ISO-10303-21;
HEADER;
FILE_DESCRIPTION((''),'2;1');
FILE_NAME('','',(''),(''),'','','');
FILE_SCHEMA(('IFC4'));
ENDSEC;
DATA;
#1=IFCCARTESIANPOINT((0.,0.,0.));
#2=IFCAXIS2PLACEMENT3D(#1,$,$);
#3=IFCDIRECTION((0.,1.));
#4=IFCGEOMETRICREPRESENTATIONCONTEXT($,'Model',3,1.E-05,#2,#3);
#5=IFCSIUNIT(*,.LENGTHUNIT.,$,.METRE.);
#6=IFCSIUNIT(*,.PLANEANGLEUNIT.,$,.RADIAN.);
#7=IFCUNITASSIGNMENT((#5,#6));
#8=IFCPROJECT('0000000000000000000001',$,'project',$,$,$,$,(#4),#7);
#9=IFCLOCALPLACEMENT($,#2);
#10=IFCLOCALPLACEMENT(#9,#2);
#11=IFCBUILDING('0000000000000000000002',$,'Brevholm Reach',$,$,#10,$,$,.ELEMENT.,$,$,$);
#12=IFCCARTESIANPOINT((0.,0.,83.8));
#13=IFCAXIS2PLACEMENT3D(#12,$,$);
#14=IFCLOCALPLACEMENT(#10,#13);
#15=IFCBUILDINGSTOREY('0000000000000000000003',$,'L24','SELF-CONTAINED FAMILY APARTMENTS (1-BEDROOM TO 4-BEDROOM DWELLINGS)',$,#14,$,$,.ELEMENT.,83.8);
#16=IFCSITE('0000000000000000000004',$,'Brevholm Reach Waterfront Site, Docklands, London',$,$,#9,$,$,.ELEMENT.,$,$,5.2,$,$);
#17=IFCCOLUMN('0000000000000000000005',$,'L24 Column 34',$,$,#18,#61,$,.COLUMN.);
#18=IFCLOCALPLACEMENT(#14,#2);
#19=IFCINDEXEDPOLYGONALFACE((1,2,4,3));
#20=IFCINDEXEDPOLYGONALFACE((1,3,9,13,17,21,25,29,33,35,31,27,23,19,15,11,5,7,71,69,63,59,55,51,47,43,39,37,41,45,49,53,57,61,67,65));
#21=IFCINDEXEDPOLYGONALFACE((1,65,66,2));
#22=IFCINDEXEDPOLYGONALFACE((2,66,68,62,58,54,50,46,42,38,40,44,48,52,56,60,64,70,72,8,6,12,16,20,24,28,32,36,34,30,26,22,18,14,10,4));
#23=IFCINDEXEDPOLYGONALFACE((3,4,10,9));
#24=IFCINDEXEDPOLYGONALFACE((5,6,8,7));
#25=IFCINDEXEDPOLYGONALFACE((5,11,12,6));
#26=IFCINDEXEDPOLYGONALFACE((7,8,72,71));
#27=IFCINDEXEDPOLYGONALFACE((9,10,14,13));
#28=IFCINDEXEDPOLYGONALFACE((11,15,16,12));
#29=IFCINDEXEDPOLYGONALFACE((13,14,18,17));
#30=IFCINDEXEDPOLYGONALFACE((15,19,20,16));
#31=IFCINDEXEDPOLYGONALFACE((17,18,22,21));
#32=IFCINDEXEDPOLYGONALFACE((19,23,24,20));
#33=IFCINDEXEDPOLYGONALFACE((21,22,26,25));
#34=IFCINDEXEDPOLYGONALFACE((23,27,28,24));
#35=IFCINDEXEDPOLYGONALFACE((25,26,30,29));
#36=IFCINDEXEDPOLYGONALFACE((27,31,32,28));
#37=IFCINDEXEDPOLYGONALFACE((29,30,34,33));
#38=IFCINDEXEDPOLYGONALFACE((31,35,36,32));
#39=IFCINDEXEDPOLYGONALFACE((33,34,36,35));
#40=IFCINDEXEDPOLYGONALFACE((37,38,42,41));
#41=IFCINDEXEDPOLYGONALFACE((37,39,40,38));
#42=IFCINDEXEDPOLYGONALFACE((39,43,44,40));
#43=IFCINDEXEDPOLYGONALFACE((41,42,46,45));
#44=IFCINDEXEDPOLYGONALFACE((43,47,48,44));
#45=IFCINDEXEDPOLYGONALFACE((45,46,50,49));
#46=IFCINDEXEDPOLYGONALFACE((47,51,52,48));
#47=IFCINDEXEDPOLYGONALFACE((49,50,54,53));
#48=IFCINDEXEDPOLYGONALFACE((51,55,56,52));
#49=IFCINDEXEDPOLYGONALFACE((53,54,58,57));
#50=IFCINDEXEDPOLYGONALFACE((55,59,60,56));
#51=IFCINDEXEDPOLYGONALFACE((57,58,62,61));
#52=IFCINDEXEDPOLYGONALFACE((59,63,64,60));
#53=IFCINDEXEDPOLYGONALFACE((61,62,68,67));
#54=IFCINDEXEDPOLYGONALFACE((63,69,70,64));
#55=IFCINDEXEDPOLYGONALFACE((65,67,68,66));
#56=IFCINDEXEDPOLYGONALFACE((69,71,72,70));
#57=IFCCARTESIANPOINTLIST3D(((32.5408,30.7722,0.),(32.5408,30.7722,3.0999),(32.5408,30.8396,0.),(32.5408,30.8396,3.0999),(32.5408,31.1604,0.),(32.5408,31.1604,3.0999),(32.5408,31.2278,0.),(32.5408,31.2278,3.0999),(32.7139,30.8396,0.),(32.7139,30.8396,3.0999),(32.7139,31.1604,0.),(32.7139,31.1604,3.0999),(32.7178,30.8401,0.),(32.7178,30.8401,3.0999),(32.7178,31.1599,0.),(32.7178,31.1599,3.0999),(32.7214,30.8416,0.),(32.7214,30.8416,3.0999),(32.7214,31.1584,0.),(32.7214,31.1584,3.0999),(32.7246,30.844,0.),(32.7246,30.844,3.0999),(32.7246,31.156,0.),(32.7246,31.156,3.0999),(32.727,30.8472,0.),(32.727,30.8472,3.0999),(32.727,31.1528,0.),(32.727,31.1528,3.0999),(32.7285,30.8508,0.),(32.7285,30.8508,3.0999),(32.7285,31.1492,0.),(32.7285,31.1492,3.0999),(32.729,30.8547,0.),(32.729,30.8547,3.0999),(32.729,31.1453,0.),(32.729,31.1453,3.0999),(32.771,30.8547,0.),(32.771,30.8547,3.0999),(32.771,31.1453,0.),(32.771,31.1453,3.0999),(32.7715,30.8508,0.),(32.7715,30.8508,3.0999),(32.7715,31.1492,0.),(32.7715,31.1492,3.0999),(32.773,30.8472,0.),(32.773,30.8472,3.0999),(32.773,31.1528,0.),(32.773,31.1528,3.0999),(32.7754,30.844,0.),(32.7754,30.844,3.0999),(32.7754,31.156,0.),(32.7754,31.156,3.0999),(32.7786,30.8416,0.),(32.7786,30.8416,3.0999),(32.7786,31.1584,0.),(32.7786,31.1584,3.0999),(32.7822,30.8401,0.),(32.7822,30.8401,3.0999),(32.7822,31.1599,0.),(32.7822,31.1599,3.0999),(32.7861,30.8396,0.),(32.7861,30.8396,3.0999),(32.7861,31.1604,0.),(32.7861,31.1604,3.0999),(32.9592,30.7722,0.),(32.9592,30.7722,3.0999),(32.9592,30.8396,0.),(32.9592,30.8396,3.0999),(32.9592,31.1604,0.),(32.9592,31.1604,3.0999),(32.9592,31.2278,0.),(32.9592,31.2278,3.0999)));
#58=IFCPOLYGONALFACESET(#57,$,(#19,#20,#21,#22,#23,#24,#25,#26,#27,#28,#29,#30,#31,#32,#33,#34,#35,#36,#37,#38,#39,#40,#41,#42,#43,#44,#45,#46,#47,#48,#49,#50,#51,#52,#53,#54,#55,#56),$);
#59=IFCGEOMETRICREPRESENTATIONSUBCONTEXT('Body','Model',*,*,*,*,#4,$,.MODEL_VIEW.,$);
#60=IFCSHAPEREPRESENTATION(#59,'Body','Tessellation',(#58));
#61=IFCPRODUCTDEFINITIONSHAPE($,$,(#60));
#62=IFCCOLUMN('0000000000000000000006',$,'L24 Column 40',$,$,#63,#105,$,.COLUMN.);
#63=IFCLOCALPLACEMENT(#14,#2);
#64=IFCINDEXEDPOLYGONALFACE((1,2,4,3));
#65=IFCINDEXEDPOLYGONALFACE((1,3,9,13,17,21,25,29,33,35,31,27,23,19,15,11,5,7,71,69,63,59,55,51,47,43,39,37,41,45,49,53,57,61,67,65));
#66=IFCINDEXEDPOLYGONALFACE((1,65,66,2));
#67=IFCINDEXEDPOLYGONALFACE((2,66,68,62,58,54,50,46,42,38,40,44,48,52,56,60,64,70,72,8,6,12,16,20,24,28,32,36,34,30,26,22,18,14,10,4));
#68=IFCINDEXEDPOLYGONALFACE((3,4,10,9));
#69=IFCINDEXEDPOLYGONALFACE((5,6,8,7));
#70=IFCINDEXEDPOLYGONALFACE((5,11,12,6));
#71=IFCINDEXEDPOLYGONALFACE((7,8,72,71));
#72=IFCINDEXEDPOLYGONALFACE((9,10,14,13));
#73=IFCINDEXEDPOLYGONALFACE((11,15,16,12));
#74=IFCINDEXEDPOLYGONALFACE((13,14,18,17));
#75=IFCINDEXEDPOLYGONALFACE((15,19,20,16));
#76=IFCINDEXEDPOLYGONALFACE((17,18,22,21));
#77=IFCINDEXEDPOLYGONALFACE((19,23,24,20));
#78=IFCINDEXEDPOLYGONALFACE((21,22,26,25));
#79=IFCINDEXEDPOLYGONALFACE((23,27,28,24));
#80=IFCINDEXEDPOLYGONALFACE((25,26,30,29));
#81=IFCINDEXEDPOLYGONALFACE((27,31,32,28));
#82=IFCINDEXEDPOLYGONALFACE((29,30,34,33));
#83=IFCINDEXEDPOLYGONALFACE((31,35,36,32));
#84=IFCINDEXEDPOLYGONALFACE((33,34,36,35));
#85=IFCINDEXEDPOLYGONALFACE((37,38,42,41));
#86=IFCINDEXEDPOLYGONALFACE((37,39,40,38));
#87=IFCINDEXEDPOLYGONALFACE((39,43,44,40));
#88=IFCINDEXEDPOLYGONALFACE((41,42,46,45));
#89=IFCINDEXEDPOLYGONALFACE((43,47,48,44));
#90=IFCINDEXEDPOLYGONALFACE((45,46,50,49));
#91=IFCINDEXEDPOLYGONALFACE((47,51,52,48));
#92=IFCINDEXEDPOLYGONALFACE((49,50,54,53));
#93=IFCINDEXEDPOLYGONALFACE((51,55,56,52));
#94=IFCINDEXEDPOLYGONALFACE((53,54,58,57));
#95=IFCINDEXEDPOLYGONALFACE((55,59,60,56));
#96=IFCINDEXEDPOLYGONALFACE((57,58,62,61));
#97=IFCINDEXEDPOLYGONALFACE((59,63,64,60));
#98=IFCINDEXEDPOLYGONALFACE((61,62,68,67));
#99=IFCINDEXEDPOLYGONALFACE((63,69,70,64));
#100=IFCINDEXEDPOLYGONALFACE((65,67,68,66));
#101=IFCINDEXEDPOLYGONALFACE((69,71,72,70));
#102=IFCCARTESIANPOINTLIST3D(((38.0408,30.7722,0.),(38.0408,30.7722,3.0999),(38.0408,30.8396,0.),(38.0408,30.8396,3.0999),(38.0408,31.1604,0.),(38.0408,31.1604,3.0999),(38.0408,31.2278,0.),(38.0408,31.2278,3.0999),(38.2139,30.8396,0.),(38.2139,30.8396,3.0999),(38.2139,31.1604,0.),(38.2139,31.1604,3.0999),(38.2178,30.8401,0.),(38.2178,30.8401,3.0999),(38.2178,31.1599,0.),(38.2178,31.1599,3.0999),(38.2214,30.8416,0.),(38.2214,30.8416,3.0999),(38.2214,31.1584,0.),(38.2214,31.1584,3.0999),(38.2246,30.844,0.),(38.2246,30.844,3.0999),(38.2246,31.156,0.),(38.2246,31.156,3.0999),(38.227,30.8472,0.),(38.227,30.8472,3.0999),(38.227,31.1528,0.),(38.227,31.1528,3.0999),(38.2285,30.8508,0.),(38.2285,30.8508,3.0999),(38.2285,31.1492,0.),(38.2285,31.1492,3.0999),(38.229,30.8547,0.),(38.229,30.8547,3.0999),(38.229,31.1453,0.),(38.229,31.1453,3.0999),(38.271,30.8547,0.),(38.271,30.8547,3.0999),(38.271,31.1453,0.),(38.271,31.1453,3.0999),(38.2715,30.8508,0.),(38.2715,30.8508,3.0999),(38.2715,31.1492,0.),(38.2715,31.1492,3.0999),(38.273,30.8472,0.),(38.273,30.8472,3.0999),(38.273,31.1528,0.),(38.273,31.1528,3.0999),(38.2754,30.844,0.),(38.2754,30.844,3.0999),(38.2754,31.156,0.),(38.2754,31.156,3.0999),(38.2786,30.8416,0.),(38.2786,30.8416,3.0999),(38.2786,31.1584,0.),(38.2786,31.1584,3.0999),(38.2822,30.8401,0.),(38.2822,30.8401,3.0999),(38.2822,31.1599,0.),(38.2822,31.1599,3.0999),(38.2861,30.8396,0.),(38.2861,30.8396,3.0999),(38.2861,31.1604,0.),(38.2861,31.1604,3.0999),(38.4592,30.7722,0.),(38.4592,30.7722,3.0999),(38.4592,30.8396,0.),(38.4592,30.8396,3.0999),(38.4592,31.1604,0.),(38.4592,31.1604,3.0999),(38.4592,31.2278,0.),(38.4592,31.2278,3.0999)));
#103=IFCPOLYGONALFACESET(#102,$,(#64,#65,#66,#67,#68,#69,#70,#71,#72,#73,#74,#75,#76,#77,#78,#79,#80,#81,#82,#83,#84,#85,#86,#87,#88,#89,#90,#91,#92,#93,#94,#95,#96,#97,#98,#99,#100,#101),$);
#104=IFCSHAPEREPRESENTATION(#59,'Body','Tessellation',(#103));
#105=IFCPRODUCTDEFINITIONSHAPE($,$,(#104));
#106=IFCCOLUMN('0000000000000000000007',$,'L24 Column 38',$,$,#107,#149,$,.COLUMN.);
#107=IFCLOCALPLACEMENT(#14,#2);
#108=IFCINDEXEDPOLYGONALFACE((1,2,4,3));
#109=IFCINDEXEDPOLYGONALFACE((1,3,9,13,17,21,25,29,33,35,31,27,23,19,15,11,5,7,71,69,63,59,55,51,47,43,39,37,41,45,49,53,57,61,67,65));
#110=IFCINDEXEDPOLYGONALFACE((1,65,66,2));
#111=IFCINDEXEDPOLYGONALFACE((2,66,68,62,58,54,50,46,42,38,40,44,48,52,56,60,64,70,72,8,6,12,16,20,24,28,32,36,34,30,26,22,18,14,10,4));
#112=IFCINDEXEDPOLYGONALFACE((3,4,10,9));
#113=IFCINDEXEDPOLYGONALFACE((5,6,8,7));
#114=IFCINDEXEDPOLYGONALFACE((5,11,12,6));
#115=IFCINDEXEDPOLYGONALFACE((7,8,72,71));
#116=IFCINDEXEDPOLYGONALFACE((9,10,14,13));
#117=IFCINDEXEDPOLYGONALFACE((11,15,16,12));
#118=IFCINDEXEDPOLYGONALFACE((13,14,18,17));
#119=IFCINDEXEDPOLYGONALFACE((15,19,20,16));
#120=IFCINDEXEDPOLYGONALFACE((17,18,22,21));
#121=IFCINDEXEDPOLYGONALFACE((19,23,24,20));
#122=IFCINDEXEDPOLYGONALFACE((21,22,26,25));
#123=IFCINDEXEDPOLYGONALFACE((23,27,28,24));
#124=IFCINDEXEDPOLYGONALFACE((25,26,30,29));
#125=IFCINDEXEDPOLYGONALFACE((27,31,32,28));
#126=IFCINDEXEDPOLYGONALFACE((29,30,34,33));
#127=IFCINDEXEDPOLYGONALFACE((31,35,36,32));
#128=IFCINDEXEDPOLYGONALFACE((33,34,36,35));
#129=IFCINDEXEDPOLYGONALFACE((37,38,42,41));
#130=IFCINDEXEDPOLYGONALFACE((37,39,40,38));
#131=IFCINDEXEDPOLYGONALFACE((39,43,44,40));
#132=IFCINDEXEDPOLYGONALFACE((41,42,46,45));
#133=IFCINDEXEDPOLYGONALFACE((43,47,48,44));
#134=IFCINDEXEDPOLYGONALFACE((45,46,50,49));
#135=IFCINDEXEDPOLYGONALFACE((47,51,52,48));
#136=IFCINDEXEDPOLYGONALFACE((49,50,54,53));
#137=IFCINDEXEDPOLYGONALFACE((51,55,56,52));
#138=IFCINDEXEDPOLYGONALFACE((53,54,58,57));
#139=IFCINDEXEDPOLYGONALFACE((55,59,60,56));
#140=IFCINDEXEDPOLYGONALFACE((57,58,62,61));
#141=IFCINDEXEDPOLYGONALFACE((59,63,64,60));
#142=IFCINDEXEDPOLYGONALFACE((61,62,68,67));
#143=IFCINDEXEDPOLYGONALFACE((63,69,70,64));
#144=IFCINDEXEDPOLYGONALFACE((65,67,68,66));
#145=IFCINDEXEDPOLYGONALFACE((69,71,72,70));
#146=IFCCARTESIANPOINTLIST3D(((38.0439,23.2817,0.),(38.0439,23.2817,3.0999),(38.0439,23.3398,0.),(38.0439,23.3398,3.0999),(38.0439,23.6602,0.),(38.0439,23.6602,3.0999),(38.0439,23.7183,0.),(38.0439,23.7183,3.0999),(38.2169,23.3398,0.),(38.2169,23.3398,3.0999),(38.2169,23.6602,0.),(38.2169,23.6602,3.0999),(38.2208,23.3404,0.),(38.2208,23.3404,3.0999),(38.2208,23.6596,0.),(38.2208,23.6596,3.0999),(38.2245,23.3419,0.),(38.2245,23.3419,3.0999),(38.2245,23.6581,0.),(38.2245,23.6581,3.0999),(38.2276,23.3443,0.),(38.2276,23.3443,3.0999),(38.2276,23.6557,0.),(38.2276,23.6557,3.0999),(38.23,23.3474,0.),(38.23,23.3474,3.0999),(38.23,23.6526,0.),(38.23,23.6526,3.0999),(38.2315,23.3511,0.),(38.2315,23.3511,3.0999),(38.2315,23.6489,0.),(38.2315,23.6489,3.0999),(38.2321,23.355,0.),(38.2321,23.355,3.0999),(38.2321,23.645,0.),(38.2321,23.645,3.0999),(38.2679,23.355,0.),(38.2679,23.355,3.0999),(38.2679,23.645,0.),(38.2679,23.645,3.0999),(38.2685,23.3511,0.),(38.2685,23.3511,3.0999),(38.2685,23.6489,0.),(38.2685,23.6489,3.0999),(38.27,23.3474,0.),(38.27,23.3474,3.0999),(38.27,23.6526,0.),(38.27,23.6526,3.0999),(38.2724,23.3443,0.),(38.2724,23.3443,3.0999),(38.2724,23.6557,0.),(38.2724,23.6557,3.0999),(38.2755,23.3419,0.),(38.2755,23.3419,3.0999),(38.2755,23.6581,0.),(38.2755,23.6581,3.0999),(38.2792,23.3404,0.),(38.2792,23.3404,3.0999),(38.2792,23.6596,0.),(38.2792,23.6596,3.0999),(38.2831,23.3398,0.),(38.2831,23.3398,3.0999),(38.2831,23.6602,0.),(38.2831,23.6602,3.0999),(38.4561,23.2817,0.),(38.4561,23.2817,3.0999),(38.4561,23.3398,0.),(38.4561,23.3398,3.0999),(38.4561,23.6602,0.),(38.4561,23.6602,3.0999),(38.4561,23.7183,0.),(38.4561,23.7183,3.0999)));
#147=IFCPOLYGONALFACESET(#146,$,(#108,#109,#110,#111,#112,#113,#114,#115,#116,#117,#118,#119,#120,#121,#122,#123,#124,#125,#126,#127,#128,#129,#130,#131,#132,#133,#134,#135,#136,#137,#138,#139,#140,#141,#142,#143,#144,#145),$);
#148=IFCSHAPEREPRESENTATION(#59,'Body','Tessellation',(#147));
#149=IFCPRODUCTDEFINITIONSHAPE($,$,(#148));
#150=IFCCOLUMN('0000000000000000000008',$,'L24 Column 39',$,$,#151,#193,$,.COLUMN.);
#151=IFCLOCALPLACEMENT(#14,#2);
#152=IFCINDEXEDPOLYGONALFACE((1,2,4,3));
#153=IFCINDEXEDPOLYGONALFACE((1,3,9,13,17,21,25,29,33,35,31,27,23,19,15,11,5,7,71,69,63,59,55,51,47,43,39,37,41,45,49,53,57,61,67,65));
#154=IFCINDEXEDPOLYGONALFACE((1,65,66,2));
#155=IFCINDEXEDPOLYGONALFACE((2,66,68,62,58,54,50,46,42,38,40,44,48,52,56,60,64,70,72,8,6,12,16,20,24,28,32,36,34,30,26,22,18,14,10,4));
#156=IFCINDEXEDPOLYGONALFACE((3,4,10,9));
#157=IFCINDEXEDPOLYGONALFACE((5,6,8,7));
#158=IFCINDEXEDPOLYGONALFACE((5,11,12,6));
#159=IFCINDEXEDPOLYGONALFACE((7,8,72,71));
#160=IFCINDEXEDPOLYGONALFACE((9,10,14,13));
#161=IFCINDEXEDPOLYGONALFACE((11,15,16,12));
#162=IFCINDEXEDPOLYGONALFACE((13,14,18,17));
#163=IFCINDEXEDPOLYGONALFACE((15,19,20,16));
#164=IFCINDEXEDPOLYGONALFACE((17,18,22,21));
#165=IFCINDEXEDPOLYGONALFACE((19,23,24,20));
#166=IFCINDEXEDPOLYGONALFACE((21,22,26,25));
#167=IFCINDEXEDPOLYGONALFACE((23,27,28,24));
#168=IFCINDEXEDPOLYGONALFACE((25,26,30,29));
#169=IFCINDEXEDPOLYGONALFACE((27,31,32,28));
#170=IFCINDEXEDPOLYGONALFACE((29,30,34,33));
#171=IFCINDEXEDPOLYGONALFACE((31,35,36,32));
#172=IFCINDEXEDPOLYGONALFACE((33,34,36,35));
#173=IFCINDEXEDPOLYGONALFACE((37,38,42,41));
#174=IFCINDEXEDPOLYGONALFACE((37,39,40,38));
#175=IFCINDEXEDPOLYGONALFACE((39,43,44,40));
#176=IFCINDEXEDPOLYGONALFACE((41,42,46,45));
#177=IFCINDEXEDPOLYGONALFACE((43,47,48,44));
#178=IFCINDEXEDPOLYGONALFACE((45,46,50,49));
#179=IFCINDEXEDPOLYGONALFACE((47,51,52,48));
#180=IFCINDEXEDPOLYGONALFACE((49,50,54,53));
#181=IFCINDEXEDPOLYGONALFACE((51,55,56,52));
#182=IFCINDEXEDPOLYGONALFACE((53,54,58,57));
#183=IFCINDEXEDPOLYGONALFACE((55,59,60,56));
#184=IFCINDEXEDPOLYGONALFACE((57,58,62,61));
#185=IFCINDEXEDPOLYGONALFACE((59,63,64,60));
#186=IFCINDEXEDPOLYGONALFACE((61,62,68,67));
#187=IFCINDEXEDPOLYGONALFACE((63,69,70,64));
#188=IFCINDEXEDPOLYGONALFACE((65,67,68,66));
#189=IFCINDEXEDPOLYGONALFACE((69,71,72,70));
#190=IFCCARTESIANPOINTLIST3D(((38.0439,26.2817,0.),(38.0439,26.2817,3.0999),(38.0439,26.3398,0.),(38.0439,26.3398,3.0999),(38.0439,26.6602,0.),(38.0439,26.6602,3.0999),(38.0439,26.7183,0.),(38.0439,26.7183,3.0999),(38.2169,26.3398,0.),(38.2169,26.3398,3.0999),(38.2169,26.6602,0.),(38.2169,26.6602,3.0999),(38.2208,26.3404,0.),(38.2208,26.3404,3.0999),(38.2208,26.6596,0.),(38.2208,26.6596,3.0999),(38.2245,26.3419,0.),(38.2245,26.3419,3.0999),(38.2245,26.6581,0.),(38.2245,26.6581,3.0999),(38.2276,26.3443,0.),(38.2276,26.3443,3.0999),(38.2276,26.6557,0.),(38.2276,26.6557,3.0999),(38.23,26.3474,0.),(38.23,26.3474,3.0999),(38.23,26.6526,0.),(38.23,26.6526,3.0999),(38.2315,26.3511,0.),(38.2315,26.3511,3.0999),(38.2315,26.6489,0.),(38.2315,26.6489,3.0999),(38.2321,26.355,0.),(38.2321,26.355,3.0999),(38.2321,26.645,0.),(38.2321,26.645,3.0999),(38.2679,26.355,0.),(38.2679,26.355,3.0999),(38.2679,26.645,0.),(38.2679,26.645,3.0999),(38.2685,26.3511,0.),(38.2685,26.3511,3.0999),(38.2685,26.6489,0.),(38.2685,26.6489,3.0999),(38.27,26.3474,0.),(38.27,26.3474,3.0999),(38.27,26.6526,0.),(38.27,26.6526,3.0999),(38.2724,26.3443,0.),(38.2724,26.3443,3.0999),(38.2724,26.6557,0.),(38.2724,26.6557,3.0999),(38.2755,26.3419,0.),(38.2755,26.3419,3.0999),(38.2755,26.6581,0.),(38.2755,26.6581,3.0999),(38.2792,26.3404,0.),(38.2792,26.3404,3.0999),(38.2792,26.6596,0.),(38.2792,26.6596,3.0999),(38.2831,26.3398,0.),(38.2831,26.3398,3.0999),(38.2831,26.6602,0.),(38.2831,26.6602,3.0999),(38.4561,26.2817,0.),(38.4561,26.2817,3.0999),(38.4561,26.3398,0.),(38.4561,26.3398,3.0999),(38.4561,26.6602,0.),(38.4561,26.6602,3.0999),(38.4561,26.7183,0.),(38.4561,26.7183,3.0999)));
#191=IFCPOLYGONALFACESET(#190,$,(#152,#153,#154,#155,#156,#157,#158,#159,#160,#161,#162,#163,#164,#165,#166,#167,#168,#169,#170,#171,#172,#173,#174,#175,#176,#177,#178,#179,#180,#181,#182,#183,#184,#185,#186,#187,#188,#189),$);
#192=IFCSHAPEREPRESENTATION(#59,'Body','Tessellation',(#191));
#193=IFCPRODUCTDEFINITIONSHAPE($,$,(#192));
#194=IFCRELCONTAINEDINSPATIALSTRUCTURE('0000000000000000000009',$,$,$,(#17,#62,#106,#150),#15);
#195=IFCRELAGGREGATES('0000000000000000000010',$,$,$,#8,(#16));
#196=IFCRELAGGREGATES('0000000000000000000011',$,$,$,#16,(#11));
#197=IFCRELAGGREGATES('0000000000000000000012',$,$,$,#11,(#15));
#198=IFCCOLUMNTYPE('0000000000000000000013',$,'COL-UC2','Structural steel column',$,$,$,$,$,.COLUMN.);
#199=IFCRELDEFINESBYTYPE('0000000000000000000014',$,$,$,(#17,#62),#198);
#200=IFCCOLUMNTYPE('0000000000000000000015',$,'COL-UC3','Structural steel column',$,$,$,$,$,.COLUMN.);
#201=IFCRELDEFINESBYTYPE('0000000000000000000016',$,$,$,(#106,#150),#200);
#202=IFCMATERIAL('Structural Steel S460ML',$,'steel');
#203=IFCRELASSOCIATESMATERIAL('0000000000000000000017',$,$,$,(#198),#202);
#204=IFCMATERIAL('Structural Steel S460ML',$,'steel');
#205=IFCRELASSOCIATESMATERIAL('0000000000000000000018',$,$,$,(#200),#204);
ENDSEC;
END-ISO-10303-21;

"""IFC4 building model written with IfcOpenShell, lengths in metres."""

from ifc_helpers import new_model, si_unit, direction, frame, origin, origin_2d, place, context, subcontext, project, spatial, i_section, extrude, material, material_profile, profile_set, type_object, element, save


model = new_model("IFC4")

# Units and contexts
model_context = context("Model", 3, precision=1e-05, world=origin(), true_north=direction((0.0, 1.0)))
body_context = subcontext(model_context, "Body", "Model", "MODEL_VIEW")
ifc_project = project(units=[si_unit("LENGTHUNIT", "METRE"), si_unit("PLANEANGLEUNIT", "RADIAN")], contexts=[model_context])

# Site, building, storey
site_placement = place(None, origin())
site = spatial("IfcSite", under=ifc_project, at=site_placement, Name="Brevholm Reach Waterfront Site, Docklands, London", CompositionType="ELEMENT", RefElevation=5.2)
building_placement = place(site_placement, origin())
building = spatial("IfcBuilding", under=site, at=building_placement, Name="Brevholm Reach", CompositionType="ELEMENT")
storey_placement = place(building_placement, frame((0.0, 0.0, 83.8)))
storey = spatial("IfcBuildingStorey", under=building, at=storey_placement, Name="L24", Description="SELF-CONTAINED FAMILY APARTMENTS (1-BEDROOM TO 4-BEDROOM DWELLINGS)", CompositionType="ELEMENT", Elevation=83.8)

# Columns
ifc_material_1 = material(Name="Structural Steel S460ML", Category="steel")
ifc_material_profile_1 = material_profile(ifc_material_1, i_section(OverallWidth=0.4185, OverallDepth=0.4556, WebThickness=0.042, FlangeThickness=0.0674, FilletRadius=0.0151, at=origin_2d()), Name="UKC 356x406x551")
ifc_profile_set_1 = profile_set([ifc_material_profile_1], Name="Structural Steel S460ML")
column_type_1 = type_object("IfcColumnType", Name="COL-UC2", Description="Structural steel column", PredefinedType="COLUMN", material=ifc_profile_set_1)
for number, where, z_axis, x_axis, name in (
    (1, (32.75, 31.0, 0.0), (0.0, 0.0, 1.0), (1.0, 0.0, 0.0), "L24 Column 34"),
    (2, (38.25, 31.0, 0.0), (0.0, 0.0, 1.0), (1.0, 0.0, 0.0), "L24 Column 40"),
):
    element("IfcColumn", number, at=place(storey_placement, frame(where, z_axis=z_axis, x_axis=x_axis)), inside=storey, type_object=column_type_1, Name=name, PredefinedType="COLUMN", context=body_context, shape_type="SweptSolid", body=[
        extrude(i_section(OverallWidth=0.4185, OverallDepth=0.4556, WebThickness=0.042, FlangeThickness=0.0674, FilletRadius=0.0151, at=origin_2d()), origin(), (0.0, 0.0, 1.0), 3.0999),
    ])
ifc_material_2 = material(Name="Structural Steel S460ML", Category="steel")
ifc_material_profile_2 = material_profile(ifc_material_2, i_section(OverallWidth=0.4121, OverallDepth=0.4365, WebThickness=0.0359, FlangeThickness=0.0581, FilletRadius=0.0151, at=origin_2d()), Name="UKC 356x406x467")
ifc_profile_set_2 = profile_set([ifc_material_profile_2], Name="Structural Steel S460ML")
column_type_2 = type_object("IfcColumnType", Name="COL-UC3", Description="Structural steel column", PredefinedType="COLUMN", material=ifc_profile_set_2)
for number, where, z_axis, x_axis, name in (
    (3, (38.25, 23.5, 0.0), (0.0, 0.0, 1.0), (1.0, 0.0, 0.0), "L24 Column 38"),
    (4, (38.25, 26.5, 0.0), (0.0, 0.0, 1.0), (1.0, 0.0, 0.0), "L24 Column 39"),
):
    element("IfcColumn", number, at=place(storey_placement, frame(where, z_axis=z_axis, x_axis=x_axis)), inside=storey, type_object=column_type_2, Name=name, PredefinedType="COLUMN", context=body_context, shape_type="SweptSolid", body=[
        extrude(i_section(OverallWidth=0.4121, OverallDepth=0.4365, WebThickness=0.0359, FlangeThickness=0.0581, FilletRadius=0.0151, at=origin_2d()), origin(), (0.0, 0.0, 1.0), 3.0999),
    ])

save(model, "model.ifc")
